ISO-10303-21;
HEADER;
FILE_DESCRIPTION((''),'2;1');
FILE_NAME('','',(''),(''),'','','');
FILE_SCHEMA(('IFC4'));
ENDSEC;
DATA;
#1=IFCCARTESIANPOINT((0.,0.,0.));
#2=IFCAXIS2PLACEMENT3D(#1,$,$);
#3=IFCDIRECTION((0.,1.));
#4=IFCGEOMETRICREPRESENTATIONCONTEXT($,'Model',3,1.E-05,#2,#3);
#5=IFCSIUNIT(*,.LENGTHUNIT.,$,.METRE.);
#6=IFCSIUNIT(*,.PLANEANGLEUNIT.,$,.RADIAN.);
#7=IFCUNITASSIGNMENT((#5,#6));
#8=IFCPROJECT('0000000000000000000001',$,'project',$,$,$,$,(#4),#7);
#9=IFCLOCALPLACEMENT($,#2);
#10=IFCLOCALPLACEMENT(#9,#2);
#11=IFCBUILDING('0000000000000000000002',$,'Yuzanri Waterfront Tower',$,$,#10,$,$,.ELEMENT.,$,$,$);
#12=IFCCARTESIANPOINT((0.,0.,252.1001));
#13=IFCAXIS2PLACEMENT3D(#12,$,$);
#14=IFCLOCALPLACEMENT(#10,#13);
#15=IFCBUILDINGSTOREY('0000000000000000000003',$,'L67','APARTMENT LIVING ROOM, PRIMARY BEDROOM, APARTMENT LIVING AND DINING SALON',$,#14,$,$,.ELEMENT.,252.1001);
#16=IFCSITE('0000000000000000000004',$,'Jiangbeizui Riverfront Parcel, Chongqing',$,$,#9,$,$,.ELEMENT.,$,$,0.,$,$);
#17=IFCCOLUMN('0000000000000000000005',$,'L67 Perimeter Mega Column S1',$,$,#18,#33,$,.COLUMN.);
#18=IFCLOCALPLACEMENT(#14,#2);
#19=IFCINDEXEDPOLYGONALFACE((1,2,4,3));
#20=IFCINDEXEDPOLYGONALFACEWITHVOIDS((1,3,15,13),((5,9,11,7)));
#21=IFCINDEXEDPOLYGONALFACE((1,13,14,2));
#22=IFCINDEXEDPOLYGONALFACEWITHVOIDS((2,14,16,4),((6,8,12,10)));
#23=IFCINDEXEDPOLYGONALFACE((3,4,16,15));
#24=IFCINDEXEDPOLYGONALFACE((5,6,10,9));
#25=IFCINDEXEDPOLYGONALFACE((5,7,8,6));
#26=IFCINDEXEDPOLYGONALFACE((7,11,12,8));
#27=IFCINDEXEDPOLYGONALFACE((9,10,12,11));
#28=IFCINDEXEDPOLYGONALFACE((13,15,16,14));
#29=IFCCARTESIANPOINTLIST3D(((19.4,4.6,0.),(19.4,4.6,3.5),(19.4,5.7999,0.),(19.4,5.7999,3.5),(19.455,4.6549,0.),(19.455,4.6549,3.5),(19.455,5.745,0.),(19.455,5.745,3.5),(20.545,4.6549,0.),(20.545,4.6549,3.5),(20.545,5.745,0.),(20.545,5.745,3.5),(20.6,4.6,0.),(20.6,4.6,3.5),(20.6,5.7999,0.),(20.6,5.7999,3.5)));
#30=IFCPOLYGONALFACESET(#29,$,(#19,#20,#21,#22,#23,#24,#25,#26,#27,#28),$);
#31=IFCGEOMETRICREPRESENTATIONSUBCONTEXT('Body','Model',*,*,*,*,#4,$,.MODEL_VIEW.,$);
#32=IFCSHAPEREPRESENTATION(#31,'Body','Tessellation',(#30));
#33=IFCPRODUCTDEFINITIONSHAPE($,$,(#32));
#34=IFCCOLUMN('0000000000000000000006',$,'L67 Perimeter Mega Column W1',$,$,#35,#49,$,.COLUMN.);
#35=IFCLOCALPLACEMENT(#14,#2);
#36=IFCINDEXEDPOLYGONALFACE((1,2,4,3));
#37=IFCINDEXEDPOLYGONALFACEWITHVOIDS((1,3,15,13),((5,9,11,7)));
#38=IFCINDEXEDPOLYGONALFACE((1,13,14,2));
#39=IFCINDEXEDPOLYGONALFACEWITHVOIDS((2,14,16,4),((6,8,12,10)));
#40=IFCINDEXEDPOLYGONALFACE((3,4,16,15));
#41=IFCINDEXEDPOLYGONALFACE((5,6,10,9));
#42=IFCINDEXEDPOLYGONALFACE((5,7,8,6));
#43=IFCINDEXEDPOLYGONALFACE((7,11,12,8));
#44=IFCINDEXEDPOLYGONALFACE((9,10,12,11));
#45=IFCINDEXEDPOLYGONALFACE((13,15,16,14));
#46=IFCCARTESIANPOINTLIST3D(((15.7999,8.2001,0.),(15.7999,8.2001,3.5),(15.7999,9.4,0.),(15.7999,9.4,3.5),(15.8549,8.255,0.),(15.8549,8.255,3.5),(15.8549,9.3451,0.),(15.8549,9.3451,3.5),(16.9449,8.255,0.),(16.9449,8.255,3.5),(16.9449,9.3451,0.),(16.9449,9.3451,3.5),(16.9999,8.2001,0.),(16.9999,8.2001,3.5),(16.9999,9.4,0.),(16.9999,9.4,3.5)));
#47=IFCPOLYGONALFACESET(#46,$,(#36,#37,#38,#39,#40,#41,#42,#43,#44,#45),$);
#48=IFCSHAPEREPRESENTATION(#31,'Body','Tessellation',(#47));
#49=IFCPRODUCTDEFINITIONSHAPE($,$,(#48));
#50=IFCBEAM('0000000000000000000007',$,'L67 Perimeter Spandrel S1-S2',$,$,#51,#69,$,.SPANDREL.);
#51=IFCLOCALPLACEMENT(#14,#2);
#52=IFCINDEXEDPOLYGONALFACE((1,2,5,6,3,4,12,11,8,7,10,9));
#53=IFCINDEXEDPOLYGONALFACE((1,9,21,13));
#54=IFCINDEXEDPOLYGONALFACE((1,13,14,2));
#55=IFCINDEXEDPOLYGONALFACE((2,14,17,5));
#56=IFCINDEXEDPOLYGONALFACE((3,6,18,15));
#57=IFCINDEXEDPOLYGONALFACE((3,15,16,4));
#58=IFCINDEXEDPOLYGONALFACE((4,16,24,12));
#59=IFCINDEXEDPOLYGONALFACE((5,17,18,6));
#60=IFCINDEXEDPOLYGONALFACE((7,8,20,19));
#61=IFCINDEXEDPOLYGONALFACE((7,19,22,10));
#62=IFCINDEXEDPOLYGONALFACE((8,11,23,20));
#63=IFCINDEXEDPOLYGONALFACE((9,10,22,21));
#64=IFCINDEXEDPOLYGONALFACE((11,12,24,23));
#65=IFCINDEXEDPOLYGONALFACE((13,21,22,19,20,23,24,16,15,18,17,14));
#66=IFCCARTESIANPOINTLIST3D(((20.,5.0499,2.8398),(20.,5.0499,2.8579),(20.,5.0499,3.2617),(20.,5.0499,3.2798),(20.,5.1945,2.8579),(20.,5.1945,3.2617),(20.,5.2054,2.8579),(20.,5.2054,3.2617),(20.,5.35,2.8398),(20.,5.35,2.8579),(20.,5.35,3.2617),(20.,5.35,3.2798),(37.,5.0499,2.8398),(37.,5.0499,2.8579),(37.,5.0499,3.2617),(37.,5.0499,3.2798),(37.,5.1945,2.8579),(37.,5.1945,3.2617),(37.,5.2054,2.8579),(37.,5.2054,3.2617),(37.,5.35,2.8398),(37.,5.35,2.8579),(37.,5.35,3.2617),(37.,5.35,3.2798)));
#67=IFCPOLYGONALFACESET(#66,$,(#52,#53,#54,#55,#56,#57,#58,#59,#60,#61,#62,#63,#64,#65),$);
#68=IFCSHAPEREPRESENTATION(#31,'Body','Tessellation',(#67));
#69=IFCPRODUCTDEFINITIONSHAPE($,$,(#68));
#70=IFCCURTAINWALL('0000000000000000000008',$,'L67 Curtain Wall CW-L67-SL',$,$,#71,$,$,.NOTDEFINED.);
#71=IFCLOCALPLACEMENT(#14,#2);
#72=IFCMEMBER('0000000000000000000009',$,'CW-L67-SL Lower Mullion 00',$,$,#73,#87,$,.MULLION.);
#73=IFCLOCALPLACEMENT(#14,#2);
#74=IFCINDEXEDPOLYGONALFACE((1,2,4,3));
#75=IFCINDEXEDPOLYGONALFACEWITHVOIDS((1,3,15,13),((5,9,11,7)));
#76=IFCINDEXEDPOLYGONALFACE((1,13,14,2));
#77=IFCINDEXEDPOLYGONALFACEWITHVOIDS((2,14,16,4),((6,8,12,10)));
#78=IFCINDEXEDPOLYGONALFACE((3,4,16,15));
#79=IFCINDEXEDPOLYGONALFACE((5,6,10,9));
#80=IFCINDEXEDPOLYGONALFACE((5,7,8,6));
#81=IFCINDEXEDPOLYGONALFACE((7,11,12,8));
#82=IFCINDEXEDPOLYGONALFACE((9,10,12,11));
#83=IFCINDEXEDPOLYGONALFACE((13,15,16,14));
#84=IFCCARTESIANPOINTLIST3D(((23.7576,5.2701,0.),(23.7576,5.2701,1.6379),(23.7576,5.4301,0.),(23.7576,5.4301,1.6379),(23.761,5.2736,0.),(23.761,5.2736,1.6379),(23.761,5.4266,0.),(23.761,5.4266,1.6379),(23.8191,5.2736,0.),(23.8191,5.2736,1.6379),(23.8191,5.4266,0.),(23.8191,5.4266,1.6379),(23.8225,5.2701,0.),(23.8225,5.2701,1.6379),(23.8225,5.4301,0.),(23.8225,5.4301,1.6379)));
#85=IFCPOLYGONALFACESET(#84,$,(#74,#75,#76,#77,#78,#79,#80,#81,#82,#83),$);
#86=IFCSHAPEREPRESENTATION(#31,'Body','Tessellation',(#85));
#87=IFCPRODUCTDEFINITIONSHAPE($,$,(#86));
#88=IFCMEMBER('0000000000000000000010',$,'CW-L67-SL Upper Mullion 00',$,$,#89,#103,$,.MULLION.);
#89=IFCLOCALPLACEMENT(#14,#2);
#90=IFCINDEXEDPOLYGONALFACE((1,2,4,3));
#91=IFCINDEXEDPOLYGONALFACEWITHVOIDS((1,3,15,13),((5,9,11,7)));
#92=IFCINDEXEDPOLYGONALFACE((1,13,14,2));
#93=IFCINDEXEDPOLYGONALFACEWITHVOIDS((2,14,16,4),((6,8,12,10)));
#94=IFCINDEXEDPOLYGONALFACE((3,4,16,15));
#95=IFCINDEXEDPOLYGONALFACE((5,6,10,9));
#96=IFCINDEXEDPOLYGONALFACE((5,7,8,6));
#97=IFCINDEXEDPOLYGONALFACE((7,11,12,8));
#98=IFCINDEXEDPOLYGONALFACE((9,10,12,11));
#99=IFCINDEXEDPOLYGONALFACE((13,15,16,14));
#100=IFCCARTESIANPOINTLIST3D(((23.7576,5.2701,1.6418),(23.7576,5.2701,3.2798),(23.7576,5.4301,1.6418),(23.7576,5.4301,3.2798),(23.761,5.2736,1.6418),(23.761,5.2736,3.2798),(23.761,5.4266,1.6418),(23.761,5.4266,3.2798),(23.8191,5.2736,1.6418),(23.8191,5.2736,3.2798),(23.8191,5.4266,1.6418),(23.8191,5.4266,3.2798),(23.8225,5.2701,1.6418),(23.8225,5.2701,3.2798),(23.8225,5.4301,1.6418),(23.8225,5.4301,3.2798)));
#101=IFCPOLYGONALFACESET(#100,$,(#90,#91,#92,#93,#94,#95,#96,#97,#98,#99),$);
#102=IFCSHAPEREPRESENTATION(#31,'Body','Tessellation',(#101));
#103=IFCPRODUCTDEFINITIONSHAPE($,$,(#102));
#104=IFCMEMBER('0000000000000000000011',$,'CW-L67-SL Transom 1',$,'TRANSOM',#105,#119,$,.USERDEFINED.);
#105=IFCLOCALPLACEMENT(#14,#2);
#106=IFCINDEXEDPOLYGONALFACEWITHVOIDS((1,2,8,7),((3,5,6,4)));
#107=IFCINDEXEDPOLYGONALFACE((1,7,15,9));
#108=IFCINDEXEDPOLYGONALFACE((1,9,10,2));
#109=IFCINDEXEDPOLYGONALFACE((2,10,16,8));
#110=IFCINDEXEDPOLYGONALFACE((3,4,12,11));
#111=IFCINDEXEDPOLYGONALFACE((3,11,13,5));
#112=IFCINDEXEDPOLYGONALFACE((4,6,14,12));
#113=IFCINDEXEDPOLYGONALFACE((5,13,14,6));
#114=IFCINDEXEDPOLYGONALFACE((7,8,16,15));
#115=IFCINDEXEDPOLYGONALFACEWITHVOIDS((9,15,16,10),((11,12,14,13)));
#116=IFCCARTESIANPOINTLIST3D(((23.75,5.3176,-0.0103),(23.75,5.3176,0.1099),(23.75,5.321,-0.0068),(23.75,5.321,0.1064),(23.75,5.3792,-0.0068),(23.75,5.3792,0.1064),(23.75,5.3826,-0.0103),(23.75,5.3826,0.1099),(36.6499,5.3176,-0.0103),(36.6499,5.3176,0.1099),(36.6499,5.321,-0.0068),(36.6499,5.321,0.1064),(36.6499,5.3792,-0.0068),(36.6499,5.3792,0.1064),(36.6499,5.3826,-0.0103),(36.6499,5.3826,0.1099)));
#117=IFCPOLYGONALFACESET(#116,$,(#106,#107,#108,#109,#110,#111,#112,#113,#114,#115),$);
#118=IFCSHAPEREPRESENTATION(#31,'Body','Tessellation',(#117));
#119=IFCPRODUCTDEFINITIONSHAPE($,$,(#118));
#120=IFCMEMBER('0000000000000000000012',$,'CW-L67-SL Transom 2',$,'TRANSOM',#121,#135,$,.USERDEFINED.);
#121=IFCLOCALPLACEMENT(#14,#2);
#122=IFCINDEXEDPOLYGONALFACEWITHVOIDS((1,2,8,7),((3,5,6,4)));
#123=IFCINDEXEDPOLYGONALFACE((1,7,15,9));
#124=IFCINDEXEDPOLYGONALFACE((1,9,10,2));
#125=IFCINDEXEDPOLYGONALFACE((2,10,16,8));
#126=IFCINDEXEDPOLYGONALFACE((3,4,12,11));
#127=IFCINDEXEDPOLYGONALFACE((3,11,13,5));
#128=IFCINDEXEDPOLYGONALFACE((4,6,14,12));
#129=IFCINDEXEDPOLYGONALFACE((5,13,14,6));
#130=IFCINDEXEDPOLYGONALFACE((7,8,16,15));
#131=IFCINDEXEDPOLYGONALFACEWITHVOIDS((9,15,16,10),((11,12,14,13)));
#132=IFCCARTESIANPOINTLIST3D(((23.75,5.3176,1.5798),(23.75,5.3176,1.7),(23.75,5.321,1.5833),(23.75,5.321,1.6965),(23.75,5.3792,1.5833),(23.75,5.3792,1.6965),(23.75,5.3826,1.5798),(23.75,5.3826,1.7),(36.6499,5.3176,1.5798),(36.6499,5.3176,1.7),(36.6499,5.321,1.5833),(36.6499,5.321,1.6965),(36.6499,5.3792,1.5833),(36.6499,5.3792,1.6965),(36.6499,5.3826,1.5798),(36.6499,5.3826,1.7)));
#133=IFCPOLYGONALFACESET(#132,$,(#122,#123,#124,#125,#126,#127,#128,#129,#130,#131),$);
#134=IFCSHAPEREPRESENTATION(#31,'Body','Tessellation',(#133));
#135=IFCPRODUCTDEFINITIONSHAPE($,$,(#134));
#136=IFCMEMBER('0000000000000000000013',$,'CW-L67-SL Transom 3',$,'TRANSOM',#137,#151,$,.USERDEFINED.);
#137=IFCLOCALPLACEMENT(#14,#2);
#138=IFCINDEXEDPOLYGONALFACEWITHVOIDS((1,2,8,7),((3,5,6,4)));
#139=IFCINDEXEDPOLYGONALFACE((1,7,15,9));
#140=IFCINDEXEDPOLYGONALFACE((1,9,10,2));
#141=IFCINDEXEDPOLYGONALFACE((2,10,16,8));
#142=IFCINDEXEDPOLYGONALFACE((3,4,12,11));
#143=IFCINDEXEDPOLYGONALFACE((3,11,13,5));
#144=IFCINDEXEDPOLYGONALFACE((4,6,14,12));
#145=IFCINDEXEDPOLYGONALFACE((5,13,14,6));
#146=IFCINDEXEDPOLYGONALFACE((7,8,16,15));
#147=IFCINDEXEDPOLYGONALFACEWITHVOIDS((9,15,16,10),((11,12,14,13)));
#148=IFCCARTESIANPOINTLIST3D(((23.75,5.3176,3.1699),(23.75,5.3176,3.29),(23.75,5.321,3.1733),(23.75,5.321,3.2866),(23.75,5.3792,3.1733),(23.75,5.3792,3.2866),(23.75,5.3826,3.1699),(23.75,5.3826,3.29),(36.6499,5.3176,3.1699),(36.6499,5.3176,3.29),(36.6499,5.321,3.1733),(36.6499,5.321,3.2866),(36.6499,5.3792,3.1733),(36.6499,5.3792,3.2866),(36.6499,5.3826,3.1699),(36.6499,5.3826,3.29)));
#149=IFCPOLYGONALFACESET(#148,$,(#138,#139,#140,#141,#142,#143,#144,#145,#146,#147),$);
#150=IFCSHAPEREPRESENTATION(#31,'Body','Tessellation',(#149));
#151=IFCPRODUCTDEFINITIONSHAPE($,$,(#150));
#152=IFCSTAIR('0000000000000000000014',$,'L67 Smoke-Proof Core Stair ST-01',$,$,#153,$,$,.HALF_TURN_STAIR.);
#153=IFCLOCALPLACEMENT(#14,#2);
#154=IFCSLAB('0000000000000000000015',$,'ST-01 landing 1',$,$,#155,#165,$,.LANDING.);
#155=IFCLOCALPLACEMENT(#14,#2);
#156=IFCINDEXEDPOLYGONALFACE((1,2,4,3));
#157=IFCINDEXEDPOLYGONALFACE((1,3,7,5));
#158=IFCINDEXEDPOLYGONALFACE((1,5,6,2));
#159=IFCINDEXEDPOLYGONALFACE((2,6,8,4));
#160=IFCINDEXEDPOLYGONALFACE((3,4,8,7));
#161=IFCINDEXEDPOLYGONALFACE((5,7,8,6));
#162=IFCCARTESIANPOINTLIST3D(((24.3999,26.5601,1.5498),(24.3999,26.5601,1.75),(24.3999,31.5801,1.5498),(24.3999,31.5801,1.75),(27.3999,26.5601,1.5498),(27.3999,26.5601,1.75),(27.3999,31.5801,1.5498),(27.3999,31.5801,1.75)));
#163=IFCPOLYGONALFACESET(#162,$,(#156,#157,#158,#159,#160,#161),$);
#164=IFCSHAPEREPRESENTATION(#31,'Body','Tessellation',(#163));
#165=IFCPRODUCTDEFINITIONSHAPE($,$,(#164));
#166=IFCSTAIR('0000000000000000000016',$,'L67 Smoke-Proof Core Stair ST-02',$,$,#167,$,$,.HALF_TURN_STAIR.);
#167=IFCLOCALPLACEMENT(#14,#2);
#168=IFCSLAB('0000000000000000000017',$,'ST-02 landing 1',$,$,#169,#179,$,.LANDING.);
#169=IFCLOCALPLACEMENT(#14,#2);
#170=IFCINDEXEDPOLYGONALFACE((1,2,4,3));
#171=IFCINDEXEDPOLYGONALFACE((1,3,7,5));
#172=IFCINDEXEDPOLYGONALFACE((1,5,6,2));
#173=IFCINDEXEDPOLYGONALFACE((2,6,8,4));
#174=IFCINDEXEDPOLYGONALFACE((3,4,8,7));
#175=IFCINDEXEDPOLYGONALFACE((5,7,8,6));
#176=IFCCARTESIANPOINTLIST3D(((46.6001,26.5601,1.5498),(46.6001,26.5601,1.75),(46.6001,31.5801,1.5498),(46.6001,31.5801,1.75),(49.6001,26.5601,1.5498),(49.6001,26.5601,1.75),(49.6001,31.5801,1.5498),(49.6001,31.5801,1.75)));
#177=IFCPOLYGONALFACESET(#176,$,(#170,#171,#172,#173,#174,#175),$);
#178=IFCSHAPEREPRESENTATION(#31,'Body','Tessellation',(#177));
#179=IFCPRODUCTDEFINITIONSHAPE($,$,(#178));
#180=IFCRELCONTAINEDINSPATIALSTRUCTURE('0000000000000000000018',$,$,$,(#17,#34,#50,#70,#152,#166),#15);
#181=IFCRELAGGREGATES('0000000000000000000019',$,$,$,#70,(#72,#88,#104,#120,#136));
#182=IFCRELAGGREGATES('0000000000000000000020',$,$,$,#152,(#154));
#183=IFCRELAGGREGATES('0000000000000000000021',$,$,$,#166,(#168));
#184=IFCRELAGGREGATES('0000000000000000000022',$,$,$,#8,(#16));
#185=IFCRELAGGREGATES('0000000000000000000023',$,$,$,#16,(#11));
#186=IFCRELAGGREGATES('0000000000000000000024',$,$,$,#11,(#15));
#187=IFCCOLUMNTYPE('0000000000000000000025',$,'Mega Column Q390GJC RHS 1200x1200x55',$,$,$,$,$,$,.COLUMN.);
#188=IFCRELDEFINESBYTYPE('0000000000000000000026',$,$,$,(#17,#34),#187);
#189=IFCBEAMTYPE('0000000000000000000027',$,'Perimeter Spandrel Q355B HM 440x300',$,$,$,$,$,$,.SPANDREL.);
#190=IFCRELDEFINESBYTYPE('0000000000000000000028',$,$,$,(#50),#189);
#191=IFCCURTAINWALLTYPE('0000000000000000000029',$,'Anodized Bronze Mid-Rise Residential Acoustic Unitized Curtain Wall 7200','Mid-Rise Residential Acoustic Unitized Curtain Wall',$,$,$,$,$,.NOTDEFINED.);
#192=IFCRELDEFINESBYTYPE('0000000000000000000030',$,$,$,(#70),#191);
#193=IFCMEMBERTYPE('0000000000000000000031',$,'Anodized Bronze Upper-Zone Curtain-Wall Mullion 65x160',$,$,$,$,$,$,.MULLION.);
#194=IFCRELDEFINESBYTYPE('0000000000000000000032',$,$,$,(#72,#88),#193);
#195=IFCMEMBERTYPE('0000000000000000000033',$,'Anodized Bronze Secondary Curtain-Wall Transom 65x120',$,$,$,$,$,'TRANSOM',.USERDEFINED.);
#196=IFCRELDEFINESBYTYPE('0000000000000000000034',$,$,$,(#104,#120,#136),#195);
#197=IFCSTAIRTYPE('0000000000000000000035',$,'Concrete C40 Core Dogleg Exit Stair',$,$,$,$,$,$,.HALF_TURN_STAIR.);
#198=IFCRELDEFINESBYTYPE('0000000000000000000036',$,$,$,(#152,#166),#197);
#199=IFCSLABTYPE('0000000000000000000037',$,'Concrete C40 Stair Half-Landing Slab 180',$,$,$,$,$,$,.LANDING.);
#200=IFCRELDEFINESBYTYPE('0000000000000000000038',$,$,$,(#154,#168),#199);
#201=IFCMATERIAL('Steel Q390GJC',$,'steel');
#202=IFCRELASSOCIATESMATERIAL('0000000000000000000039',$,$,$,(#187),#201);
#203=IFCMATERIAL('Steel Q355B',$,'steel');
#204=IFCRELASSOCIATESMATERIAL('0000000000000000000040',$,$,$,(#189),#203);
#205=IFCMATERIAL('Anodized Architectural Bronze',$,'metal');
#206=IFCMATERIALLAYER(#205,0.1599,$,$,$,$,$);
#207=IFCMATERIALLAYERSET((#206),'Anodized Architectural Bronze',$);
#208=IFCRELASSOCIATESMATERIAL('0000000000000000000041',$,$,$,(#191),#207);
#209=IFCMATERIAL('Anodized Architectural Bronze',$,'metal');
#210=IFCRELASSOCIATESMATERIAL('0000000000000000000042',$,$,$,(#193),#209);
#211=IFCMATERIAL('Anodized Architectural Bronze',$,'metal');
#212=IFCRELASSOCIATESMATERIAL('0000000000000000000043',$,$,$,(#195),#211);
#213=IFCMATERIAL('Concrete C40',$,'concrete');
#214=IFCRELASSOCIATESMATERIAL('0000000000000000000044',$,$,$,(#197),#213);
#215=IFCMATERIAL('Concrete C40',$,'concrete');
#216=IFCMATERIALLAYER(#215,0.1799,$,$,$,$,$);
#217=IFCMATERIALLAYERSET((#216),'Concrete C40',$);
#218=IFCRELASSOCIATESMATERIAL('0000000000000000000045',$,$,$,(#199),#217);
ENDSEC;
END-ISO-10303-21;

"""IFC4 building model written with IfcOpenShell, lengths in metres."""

from ifc_helpers import new_model, si_unit, direction, frame, origin, origin_2d, place, context, subcontext, project, spatial, polyline, hollow_rectangle, i_section, outline, extrude, source, transform, mapped, material, layer, layer_set, material_profile, profile_set, type_object, element, aggregate, save


model = new_model("IFC4")

# Units and contexts
model_context = context("Model", 3, precision=1e-05, world=origin(), true_north=direction((0.0, 1.0)))
body_context = subcontext(model_context, "Body", "Model", "MODEL_VIEW")
ifc_project = project(units=[si_unit("LENGTHUNIT", "METRE"), si_unit("PLANEANGLEUNIT", "RADIAN")], contexts=[model_context])

# Site, building, storey
site_placement = place(None, origin())
site = spatial("IfcSite", under=ifc_project, at=site_placement, Name="Jiangbeizui Riverfront Parcel, Chongqing", CompositionType="ELEMENT", RefElevation=0.0)
building_placement = place(site_placement, origin())
building = spatial("IfcBuilding", under=site, at=building_placement, Name="Yuzanri Waterfront Tower", CompositionType="ELEMENT")
storey_placement = place(building_placement, frame((0.0, 0.0, 252.1001)))
storey = spatial("IfcBuildingStorey", under=building, at=storey_placement, Name="L67", Description="APARTMENT LIVING ROOM, PRIMARY BEDROOM, APARTMENT LIVING AND DINING SALON", CompositionType="ELEMENT", Elevation=252.1001)

# Columns
ifc_material_1 = material(Name="Steel Q390GJC", Category="steel")
ifc_material_profile_1 = material_profile(ifc_material_1, hollow_rectangle(XDim=1.2, YDim=1.2, WallThickness=0.0549, at=origin_2d()), Name="RHS 1200x1200x55")
ifc_profile_set_1 = profile_set([ifc_material_profile_1], Name="Steel Q390GJC")
column_type = type_object("IfcColumnType", Name="Mega Column Q390GJC RHS 1200x1200x55", PredefinedType="COLUMN", material=ifc_profile_set_1)
shared_shape_1 = source(origin(), body_context, "Body", "SweptSolid", [
    extrude(hollow_rectangle(XDim=1.2, YDim=1.2, WallThickness=0.0549, at=origin_2d()), origin(), (0.0, 0.0, 1.0), 3.5),
])
for number, where, z_axis, x_axis, name in (
    (1, (20.0, 5.2, 0.0), (0.0, 0.0, 1.0), (1.0, 0.0, 0.0), "L67 Perimeter Mega Column S1"),
    (2, (16.3999, 8.8, 0.0), (0.0, 0.0, 1.0), (1.0, 0.0, 0.0), "L67 Perimeter Mega Column W1"),
):
    element("IfcColumn", number, at=place(storey_placement, frame(where, z_axis=z_axis, x_axis=x_axis)), inside=storey, type_object=column_type, Name=name, PredefinedType="COLUMN", context=body_context, shape_type="MappedRepresentation", body=[
        mapped(shared_shape_1, transform((0.0, 0.0, 0.0), scale=1.0)),
    ])

# Beam
ifc_material_2 = material(Name="Steel Q355B", Category="steel")
ifc_material_profile_2 = material_profile(ifc_material_2, i_section(OverallWidth=0.3, OverallDepth=0.4399, WebThickness=0.011, FlangeThickness=0.0181, at=origin_2d()), Name="HM 440x300x11x18")
ifc_profile_set_2 = profile_set([ifc_material_profile_2], Name="Steel Q355B")
beam_type = type_object("IfcBeamType", Name="Perimeter Spandrel Q355B HM 440x300", PredefinedType="SPANDREL", material=ifc_profile_set_2)
shared_shape_2 = source(origin(), body_context, "Body", "SweptSolid", [
    extrude(i_section(OverallWidth=0.3, OverallDepth=0.4399, WebThickness=0.011, FlangeThickness=0.0181, at=origin_2d()), origin(), (0.0, 0.0, 1.0), 17.0),
])
beam_placement = place(storey_placement, frame((20.0, 5.2, 3.0598), z_axis=(1.0, 0.0, 0.0), x_axis=(0.0, 1.0, 0.0)))
element("IfcBeam", 3, at=beam_placement, inside=storey, type_object=beam_type, Name="L67 Perimeter Spandrel S1-S2", PredefinedType="SPANDREL", context=body_context, shape_type="MappedRepresentation", body=[
    mapped(shared_shape_2, transform((0.0, 0.0, 0.0), scale=1.0)),
])

# Curtain wall, members
ifc_material_3 = material(Name="Anodized Architectural Bronze", Category="metal")
ifc_layer_1 = layer(ifc_material_3, 0.1599)
ifc_layer_set_1 = layer_set([ifc_layer_1], Name="Anodized Architectural Bronze")
curtain_wall_type = type_object("IfcCurtainWallType", Name="Anodized Bronze Mid-Rise Residential Acoustic Unitized Curtain Wall 7200", Description="Mid-Rise Residential Acoustic Unitized Curtain Wall", PredefinedType="NOTDEFINED", material=ifc_layer_set_1)
curtain_wall_placement = place(storey_placement, origin())
curtain_wall = element("IfcCurtainWall", 4, at=curtain_wall_placement, inside=storey, type_object=curtain_wall_type, Name="L67 Curtain Wall CW-L67-SL", PredefinedType="NOTDEFINED")
ifc_material_4 = material(Name="Anodized Architectural Bronze", Category="metal")
ifc_material_profile_3 = material_profile(ifc_material_4, hollow_rectangle(XDim=0.0649, YDim=0.1599, WallThickness=0.0034, at=origin_2d()), Name="CWM 65x160")
ifc_profile_set_3 = profile_set([ifc_material_profile_3], Name="Anodized Architectural Bronze")
member_type_1 = type_object("IfcMemberType", Name="Anodized Bronze Upper-Zone Curtain-Wall Mullion 65x160", PredefinedType="MULLION", material=ifc_profile_set_3)
shared_shape_3 = source(origin(), body_context, "Body", "SweptSolid", [
    extrude(hollow_rectangle(XDim=0.0649, YDim=0.1599, WallThickness=0.0034, at=origin_2d()), origin(), (0.0, 0.0, 1.0), 1.6379),
])
member_1_placement = place(storey_placement, frame((23.79, 5.3501, 0.0), z_axis=(0.0, 0.0, 1.0), x_axis=(1.0, 0.0, 0.0)))
member_1 = element("IfcMember", 5, at=member_1_placement, type_object=member_type_1, Name="CW-L67-SL Lower Mullion 00", PredefinedType="MULLION", context=body_context, shape_type="MappedRepresentation", body=[
    mapped(shared_shape_3, transform((0.0, 0.0, 0.0), scale=1.0)),
])
member_2_placement = place(storey_placement, frame((23.79, 5.3501, 1.6418), z_axis=(0.0, 0.0, 1.0), x_axis=(1.0, 0.0, 0.0)))
member_2 = element("IfcMember", 6, at=member_2_placement, type_object=member_type_1, Name="CW-L67-SL Upper Mullion 00", PredefinedType="MULLION", context=body_context, shape_type="MappedRepresentation", body=[
    mapped(shared_shape_3, transform((0.0, 0.0, 0.0), scale=1.0)),
])
ifc_material_5 = material(Name="Anodized Architectural Bronze", Category="metal")
ifc_material_profile_4 = material_profile(ifc_material_5, hollow_rectangle(XDim=0.0649, YDim=0.1201, WallThickness=0.0034, at=origin_2d()), Name="CWT 65x120")
ifc_profile_set_4 = profile_set([ifc_material_profile_4], Name="Anodized Architectural Bronze")
member_type_2 = type_object("IfcMemberType", Name="Anodized Bronze Secondary Curtain-Wall Transom 65x120", ElementType="TRANSOM", PredefinedType="USERDEFINED", material=ifc_profile_set_4)
shared_shape_4 = source(origin(), body_context, "Body", "SweptSolid", [
    extrude(hollow_rectangle(XDim=0.0649, YDim=0.1201, WallThickness=0.0034, at=origin_2d()), origin(), (0.0, 0.0, 1.0), 12.8999),
])
member_3_placement = place(storey_placement, frame((23.75, 5.3501, 0.0498), z_axis=(1.0, 0.0, 0.0), x_axis=(0.0, 1.0, 0.0)))
member_3 = element("IfcMember", 7, at=member_3_placement, type_object=member_type_2, Name="CW-L67-SL Transom 1", ObjectType="TRANSOM", PredefinedType="USERDEFINED", context=body_context, shape_type="MappedRepresentation", body=[
    mapped(shared_shape_4, transform((0.0, 0.0, 0.0), scale=1.0)),
])
member_4_placement = place(storey_placement, frame((23.75, 5.3501, 1.6399), z_axis=(1.0, 0.0, 0.0), x_axis=(0.0, 1.0, 0.0)))
member_4 = element("IfcMember", 8, at=member_4_placement, type_object=member_type_2, Name="CW-L67-SL Transom 2", ObjectType="TRANSOM", PredefinedType="USERDEFINED", context=body_context, shape_type="MappedRepresentation", body=[
    mapped(shared_shape_4, transform((0.0, 0.0, 0.0), scale=1.0)),
])
member_5_placement = place(storey_placement, frame((23.75, 5.3501, 3.23), z_axis=(1.0, 0.0, 0.0), x_axis=(0.0, 1.0, 0.0)))
member_5 = element("IfcMember", 9, at=member_5_placement, type_object=member_type_2, Name="CW-L67-SL Transom 3", ObjectType="TRANSOM", PredefinedType="USERDEFINED", context=body_context, shape_type="MappedRepresentation", body=[
    mapped(shared_shape_4, transform((0.0, 0.0, 0.0), scale=1.0)),
])
aggregate(curtain_wall, [member_1, member_2, member_3, member_4, member_5])

# Stairs, slabs
ifc_material_6 = material(Name="Concrete C40", Category="concrete")
stair_type = type_object("IfcStairType", Name="Concrete C40 Core Dogleg Exit Stair", PredefinedType="HALF_TURN_STAIR", material=ifc_material_6)
stair_1_placement = place(storey_placement, origin())
stair_1 = element("IfcStair", 10, at=stair_1_placement, inside=storey, type_object=stair_type, Name="L67 Smoke-Proof Core Stair ST-01", PredefinedType="HALF_TURN_STAIR")
ifc_material_7 = material(Name="Concrete C40", Category="concrete")
ifc_layer_2 = layer(ifc_material_7, 0.1799)
ifc_layer_set_2 = layer_set([ifc_layer_2], Name="Concrete C40")
slab_type_1 = type_object("IfcSlabType", Name="Concrete C40 Stair Half-Landing Slab 180", PredefinedType="LANDING", material=ifc_layer_set_2)
slab_1_placement = place(storey_placement, frame((0.0, 0.0, 1.5498)))
slab_1 = element("IfcSlab", 11, at=slab_1_placement, type_object=slab_type_1, Name="ST-01 landing 1", PredefinedType="LANDING", context=body_context, shape_type="SweptSolid", body=[
    extrude(outline(polyline([(27.3999, 26.5601), (27.3999, 31.5801), (24.3999, 31.5801), (24.3999, 26.5601), (27.3999, 26.5601)])), origin(), (0.0, 0.0, 1.0), 0.2002),
])
aggregate(stair_1, [slab_1])
stair_2_placement = place(storey_placement, origin())
stair_2 = element("IfcStair", 12, at=stair_2_placement, inside=storey, type_object=stair_type, Name="L67 Smoke-Proof Core Stair ST-02", PredefinedType="HALF_TURN_STAIR")
slab_2_placement = place(storey_placement, frame((0.0, 0.0, 1.5498)))
slab_2 = element("IfcSlab", 13, at=slab_2_placement, type_object=slab_type_1, Name="ST-02 landing 1", PredefinedType="LANDING", context=body_context, shape_type="SweptSolid", body=[
    extrude(outline(polyline([(49.6001, 26.5601), (49.6001, 31.5801), (46.6001, 31.5801), (46.6001, 26.5601), (49.6001, 26.5601)])), origin(), (0.0, 0.0, 1.0), 0.2002),
])
aggregate(stair_2, [slab_2])

save(model, "model.ifc")
